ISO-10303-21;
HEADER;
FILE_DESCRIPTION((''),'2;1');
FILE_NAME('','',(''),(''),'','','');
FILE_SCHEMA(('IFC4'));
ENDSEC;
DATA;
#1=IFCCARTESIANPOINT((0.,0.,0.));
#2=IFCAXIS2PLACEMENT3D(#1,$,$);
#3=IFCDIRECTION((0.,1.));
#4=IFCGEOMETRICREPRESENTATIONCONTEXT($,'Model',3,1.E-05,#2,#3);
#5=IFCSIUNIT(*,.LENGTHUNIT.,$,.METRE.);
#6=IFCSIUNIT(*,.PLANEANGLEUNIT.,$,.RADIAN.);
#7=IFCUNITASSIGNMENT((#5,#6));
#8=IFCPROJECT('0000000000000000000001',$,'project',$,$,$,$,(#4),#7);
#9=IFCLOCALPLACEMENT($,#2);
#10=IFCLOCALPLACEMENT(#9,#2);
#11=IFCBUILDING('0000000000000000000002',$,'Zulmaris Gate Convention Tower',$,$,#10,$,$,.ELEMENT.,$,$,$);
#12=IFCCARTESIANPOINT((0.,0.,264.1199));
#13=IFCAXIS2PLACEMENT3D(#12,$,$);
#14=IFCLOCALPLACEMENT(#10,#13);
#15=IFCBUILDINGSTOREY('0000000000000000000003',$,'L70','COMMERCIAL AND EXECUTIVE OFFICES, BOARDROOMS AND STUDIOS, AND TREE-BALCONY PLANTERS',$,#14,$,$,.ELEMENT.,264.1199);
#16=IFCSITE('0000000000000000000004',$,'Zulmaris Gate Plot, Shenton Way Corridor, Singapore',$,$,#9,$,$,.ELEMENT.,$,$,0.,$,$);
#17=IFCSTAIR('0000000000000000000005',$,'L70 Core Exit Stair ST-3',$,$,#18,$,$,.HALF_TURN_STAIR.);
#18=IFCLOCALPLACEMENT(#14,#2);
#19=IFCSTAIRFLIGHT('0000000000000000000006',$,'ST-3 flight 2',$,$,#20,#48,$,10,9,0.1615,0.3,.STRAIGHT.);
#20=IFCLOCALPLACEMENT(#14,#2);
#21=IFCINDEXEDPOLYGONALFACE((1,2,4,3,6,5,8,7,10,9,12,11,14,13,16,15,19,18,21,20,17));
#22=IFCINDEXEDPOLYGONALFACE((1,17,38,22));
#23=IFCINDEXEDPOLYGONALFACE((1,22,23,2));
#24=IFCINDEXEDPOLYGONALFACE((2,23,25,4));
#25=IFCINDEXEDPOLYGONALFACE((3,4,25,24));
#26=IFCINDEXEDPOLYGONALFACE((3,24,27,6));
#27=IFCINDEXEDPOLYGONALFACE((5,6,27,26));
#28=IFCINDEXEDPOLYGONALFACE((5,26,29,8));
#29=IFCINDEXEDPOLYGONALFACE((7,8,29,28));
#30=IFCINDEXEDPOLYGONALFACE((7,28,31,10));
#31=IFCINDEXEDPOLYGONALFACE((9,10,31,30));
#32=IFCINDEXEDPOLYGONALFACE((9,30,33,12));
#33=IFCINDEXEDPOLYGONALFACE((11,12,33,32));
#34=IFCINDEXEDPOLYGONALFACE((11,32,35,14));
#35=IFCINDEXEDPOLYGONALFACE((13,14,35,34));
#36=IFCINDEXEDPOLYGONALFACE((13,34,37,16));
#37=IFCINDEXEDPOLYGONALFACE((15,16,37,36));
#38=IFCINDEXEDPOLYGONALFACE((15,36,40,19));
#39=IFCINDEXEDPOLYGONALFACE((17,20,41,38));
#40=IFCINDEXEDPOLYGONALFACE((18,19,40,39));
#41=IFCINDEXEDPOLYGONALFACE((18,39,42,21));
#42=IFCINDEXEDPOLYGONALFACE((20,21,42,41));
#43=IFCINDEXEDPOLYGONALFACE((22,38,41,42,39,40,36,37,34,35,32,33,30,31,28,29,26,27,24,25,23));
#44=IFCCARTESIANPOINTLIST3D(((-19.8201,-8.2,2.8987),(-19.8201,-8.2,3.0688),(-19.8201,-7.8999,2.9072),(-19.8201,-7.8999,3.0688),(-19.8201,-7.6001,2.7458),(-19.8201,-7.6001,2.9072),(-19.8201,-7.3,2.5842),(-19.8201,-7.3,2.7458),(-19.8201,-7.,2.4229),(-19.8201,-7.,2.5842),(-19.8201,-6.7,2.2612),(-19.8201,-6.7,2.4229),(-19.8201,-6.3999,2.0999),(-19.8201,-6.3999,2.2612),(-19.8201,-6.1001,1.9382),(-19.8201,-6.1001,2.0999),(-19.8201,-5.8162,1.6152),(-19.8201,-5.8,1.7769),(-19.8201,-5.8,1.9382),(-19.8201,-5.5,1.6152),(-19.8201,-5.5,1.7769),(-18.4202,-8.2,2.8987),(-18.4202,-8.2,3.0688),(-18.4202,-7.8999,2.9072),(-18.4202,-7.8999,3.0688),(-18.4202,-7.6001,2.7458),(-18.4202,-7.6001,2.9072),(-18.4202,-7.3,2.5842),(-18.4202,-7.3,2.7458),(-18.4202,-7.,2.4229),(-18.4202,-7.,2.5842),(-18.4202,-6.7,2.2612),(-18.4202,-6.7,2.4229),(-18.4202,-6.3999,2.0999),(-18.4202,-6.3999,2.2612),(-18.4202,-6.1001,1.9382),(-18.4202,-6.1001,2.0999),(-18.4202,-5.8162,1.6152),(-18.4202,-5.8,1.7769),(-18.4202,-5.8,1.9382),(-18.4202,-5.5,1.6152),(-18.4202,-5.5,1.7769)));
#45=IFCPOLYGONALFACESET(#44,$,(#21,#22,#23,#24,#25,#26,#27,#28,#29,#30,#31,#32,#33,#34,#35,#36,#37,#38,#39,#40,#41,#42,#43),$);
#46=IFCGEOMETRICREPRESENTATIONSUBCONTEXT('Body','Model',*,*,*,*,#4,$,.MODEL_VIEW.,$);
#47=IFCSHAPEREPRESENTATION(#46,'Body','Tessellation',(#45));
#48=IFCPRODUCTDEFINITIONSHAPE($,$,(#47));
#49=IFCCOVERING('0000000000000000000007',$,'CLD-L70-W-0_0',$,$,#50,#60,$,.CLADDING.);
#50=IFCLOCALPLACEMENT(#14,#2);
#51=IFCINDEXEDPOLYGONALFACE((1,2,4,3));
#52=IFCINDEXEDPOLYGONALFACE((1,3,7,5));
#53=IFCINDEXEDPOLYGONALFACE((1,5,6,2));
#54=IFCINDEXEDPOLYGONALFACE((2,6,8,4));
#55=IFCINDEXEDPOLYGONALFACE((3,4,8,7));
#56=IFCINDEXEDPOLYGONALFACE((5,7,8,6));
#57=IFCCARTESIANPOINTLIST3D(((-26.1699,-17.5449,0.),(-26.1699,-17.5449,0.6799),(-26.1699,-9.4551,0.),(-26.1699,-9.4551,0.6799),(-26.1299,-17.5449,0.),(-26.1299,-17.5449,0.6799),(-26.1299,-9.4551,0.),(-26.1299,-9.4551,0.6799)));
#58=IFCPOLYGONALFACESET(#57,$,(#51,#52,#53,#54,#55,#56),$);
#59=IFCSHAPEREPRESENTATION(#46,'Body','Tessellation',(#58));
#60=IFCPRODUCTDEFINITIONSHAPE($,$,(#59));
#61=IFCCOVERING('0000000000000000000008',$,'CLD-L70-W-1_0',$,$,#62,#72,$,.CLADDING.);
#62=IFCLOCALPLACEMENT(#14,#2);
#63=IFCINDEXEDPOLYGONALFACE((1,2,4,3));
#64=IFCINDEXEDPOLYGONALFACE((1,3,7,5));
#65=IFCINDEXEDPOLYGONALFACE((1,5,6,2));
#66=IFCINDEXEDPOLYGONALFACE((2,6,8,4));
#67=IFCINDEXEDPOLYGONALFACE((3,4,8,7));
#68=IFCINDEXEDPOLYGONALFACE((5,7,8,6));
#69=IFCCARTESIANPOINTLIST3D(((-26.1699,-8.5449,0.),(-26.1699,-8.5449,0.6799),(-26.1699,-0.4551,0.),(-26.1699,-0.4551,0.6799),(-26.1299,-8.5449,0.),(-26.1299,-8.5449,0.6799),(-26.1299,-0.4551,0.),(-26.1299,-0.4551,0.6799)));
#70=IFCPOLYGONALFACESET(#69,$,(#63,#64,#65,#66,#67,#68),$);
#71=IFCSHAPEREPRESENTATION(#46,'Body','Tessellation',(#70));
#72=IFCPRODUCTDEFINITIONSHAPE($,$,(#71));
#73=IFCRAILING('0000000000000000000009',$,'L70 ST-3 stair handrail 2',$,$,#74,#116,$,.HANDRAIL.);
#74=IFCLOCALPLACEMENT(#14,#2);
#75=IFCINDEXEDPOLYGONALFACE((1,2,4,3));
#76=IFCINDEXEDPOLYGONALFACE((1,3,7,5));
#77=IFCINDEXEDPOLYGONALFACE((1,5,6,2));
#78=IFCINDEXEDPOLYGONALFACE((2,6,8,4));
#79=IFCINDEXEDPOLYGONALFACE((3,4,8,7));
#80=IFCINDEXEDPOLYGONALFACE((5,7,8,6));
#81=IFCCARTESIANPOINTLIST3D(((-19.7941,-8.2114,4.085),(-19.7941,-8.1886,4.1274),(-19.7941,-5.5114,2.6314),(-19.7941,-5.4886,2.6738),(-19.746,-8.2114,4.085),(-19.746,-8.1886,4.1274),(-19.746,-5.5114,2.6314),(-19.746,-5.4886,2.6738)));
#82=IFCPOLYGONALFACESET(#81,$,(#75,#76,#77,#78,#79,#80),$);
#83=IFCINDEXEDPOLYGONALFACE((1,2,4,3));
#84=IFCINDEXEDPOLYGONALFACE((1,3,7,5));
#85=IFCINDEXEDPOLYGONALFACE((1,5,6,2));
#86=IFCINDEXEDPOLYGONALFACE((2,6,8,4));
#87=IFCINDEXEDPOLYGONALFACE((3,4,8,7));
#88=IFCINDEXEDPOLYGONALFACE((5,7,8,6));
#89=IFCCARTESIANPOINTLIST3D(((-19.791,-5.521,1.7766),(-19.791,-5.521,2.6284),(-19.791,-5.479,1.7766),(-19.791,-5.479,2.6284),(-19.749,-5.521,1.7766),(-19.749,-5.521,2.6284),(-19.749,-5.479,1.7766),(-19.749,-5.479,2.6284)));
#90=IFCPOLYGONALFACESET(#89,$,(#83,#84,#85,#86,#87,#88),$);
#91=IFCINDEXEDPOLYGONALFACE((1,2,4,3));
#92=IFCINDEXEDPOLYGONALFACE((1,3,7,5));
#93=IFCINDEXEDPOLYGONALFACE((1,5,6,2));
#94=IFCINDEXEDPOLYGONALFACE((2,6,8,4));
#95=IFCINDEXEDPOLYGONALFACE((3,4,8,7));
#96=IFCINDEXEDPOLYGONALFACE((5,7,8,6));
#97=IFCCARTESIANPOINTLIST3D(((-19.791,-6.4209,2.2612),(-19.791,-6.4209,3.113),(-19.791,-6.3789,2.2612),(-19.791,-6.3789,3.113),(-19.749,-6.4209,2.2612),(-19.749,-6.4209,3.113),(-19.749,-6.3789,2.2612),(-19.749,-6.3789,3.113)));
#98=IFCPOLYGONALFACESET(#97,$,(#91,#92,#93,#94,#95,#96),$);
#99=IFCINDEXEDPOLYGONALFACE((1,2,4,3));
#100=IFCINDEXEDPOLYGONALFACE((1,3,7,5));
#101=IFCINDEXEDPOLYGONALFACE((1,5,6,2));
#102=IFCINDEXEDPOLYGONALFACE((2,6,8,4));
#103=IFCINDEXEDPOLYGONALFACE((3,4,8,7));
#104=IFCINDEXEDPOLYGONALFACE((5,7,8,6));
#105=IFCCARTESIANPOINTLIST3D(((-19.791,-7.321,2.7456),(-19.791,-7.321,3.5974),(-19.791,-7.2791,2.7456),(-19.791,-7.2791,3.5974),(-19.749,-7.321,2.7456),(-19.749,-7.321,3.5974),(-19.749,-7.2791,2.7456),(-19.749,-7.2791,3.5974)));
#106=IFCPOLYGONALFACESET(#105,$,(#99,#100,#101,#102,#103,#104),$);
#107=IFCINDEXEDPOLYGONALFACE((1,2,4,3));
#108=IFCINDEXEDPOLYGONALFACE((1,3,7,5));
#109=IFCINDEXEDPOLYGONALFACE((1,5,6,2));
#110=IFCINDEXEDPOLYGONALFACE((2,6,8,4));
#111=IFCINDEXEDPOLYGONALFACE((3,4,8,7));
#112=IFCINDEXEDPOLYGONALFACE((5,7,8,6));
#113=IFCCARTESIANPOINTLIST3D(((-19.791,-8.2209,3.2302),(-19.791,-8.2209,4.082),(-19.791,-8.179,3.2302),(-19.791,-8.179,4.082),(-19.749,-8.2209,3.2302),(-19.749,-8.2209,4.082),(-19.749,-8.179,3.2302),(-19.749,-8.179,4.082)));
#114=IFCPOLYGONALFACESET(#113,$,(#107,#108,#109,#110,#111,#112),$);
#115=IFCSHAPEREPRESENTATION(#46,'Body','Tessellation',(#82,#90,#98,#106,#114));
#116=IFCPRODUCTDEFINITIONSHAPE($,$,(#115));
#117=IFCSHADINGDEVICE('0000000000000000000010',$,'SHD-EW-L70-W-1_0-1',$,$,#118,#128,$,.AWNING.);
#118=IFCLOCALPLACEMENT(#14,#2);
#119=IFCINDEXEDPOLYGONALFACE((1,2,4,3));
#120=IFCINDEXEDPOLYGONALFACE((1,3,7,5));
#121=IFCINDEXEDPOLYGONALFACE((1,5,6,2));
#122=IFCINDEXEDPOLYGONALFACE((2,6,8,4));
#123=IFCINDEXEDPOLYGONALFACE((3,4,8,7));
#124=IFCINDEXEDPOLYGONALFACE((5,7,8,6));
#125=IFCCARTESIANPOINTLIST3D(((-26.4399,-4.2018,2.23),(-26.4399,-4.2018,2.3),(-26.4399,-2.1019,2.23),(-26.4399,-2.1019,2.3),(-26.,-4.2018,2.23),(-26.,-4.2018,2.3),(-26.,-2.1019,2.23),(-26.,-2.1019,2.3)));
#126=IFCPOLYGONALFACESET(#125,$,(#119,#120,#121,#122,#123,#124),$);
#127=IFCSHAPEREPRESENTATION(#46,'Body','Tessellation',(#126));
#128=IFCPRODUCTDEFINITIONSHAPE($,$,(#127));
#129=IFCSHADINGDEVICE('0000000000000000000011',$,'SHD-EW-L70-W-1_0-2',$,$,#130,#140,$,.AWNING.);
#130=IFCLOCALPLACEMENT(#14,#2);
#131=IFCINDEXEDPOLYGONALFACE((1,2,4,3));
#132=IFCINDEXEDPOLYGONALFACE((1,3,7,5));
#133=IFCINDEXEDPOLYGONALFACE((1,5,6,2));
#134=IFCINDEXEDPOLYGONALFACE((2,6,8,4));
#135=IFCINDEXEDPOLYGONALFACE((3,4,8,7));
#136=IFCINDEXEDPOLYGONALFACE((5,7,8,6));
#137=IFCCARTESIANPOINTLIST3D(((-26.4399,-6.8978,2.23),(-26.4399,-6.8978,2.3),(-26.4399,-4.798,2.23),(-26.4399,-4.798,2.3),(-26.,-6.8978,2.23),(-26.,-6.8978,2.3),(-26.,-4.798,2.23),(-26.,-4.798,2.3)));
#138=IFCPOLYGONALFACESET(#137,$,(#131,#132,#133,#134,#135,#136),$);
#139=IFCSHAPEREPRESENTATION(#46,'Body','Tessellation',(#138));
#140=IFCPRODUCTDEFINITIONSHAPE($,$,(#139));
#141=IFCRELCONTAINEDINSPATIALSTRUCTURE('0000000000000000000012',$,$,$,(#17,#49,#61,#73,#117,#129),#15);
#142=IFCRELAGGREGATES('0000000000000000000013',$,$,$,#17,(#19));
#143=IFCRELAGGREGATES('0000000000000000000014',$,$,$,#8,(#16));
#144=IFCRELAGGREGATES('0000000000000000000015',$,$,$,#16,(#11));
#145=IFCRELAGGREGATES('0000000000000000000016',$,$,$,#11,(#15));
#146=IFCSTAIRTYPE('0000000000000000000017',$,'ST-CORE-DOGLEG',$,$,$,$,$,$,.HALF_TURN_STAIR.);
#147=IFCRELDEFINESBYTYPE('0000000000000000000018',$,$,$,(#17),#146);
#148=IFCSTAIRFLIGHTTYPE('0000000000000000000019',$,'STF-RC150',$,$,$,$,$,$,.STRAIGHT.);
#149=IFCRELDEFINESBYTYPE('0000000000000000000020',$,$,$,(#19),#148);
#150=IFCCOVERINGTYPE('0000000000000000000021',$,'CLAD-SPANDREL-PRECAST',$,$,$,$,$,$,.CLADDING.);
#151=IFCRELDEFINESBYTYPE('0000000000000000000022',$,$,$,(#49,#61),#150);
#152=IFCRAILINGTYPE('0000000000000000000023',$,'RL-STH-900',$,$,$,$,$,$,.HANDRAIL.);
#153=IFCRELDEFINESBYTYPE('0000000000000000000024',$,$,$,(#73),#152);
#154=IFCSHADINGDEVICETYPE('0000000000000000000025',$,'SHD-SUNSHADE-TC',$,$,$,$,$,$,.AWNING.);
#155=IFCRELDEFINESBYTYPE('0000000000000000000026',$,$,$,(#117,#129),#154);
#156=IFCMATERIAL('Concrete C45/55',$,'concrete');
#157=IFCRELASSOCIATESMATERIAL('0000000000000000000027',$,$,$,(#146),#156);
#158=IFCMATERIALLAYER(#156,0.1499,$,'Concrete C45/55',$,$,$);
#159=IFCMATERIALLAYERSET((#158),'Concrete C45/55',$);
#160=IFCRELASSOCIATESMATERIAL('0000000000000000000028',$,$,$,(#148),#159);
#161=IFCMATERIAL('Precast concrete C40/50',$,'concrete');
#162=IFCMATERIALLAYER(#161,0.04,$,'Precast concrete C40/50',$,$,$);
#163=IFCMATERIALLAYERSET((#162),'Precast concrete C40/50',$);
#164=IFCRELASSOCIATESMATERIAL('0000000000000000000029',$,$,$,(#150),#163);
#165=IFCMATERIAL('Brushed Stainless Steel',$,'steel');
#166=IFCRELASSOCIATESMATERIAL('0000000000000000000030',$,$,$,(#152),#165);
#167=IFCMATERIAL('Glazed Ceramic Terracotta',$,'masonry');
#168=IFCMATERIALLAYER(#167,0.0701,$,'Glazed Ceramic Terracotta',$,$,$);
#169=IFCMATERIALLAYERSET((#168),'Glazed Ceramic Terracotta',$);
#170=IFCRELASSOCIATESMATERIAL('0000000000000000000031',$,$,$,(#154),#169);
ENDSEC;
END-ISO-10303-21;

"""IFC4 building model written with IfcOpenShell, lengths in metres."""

from ifc_helpers import new_model, si_unit, direction, frame, frame_2d, origin, origin_2d, place, context, subcontext, project, spatial, polyline, rectangle, outline, extrude, material, layer, layer_set, type_object, element, aggregate, save


model = new_model("IFC4")

# Units and contexts
model_context = context("Model", 3, precision=1e-05, world=origin(), true_north=direction((0.0, 1.0)))
body_context = subcontext(model_context, "Body", "Model", "MODEL_VIEW")
ifc_project = project(units=[si_unit("LENGTHUNIT", "METRE"), si_unit("PLANEANGLEUNIT", "RADIAN")], contexts=[model_context])

# Site, building, storey
site_placement = place(None, origin())
site = spatial("IfcSite", under=ifc_project, at=site_placement, Name="Zulmaris Gate Plot, Shenton Way Corridor, Singapore", CompositionType="ELEMENT", RefElevation=0.0)
building_placement = place(site_placement, origin())
building = spatial("IfcBuilding", under=site, at=building_placement, Name="Zulmaris Gate Convention Tower", CompositionType="ELEMENT")
storey_placement = place(building_placement, frame((0.0, 0.0, 264.1199)))
storey = spatial("IfcBuildingStorey", under=building, at=storey_placement, Name="L70", Description="COMMERCIAL AND EXECUTIVE OFFICES, BOARDROOMS AND STUDIOS, AND TREE-BALCONY PLANTERS", CompositionType="ELEMENT", Elevation=264.1199)

# Shared definitions
ifc_material_1 = material(Name="Precast concrete C40/50", Category="concrete")

# Stair, stair flight
ifc_material_2 = material(Name="Concrete C45/55", Category="concrete")
stair_type = type_object("IfcStairType", Name="ST-CORE-DOGLEG", PredefinedType="HALF_TURN_STAIR", material=ifc_material_2)
stair_placement = place(storey_placement, origin())
stair = element("IfcStair", 1, at=stair_placement, inside=storey, type_object=stair_type, Name="L70 Core Exit Stair ST-3", PredefinedType="HALF_TURN_STAIR")
ifc_layer_1 = layer(ifc_material_2, 0.1499, Name="Concrete C45/55")
ifc_layer_set_1 = layer_set([ifc_layer_1], Name="Concrete C45/55")
stair_flight_type = type_object("IfcStairFlightType", Name="STF-RC150", PredefinedType="STRAIGHT", material=ifc_layer_set_1)
stair_flight_placement = place(storey_placement, frame((-19.1201, -5.5, 1.6152), z_axis=(0.0, 0.0, 1.0), x_axis=(0.0, -1.0, 0.0)))
stair_flight = element("IfcStairFlight", 2, at=stair_flight_placement, type_object=stair_flight_type, Name="ST-3 flight 2", NumberOfRisers=10, NumberOfTreads=9, PredefinedType="STRAIGHT", RiserHeight=0.1615, TreadLength=0.3, context=body_context, shape_type="SweptSolid", body=[
    extrude(outline(polyline([(0.0, 0.0), (0.0, 0.1616), (0.3, 0.1616), (0.3, 0.323), (0.6001, 0.323), (0.6001, 0.4846), (0.8999, 0.4846), (0.8999, 0.646), (1.2, 0.646), (1.2, 0.8076), (1.5, 0.8076), (1.5, 0.969), (1.8, 0.969), (1.8, 1.1306), (2.1001, 1.1306), (2.1001, 1.292), (2.3999, 1.292), (2.3999, 1.4536), (2.7, 1.4536), (2.7, 1.615), (2.7, 1.2834), (0.3162, 0.0), (0.0, 0.0)])), frame((0.0, 0.7, 0.0), z_axis=(0.0, -1.0, 0.0), x_axis=(1.0, 0.0, 0.0)), (0.0, 0.0, 1.0), 1.3999),
])
aggregate(stair, [stair_flight])

# Coverings
ifc_layer_2 = layer(ifc_material_1, 0.04, Name="Precast concrete C40/50")
ifc_layer_set_2 = layer_set([ifc_layer_2], Name="Precast concrete C40/50")
covering_type = type_object("IfcCoveringType", Name="CLAD-SPANDREL-PRECAST", PredefinedType="CLADDING", material=ifc_layer_set_2)
for number, where, z_axis, x_axis, name in (
    (3, (-26.1499, -9.4551, 0.0), (0.0, 0.0, 1.0), (0.0, -1.0, 0.0), "CLD-L70-W-0_0"),
    (4, (-26.1499, -0.4551, 0.0), (0.0, 0.0, 1.0), (0.0, -1.0, 0.0), "CLD-L70-W-1_0"),
):
    element("IfcCovering", number, at=place(storey_placement, frame(where, z_axis=z_axis, x_axis=x_axis)), inside=storey, type_object=covering_type, Name=name, PredefinedType="CLADDING", context=body_context, shape_type="SweptSolid", body=[
        extrude(rectangle(XDim=8.0898, YDim=0.04, at=frame_2d((4.0449, 0.0))), origin(), (0.0, 0.0, 1.0), 0.6799),
    ])

# Railing
ifc_material_3 = material(Name="Brushed Stainless Steel", Category="steel")
railing_type = type_object("IfcRailingType", Name="RL-STH-900", PredefinedType="HANDRAIL", material=ifc_material_3)
railing_placement = place(storey_placement, frame((-19.77, -5.5, 1.7766)))
element("IfcRailing", 5, at=railing_placement, inside=storey, type_object=railing_type, Name="L70 ST-3 stair handrail 2", PredefinedType="HANDRAIL", context=body_context, shape_type="SweptSolid", body=[
    extrude(rectangle(XDim=0.0481, YDim=0.0481, at=origin_2d()), frame((0.0, 0.0, 0.876), z_axis=(0.0, -0.880499, 0.474048), x_axis=(1.0, 0.0, 0.0)), (0.0, 0.0, 1.0), 3.0664),
    extrude(rectangle(XDim=0.042, YDim=0.042, at=origin_2d()), origin(), (0.0, 0.0, 1.0), 0.8518),
    extrude(rectangle(XDim=0.042, YDim=0.042, at=origin_2d()), frame((0.0, -0.8999, 0.4846)), (0.0, 0.0, 1.0), 0.8518),
    extrude(rectangle(XDim=0.042, YDim=0.042, at=origin_2d()), frame((0.0, -1.8, 0.969)), (0.0, 0.0, 1.0), 0.8518),
    extrude(rectangle(XDim=0.042, YDim=0.042, at=origin_2d()), frame((0.0, -2.7, 1.4536)), (0.0, 0.0, 1.0), 0.8518),
])

# Shading devices
ifc_material_4 = material(Name="Glazed Ceramic Terracotta", Category="masonry")
ifc_layer_3 = layer(ifc_material_4, 0.0701, Name="Glazed Ceramic Terracotta")
ifc_layer_set_3 = layer_set([ifc_layer_3], Name="Glazed Ceramic Terracotta")
shading_device_type = type_object("IfcShadingDeviceType", Name="SHD-SUNSHADE-TC", PredefinedType="AWNING", material=ifc_layer_set_3)
for number, where, z_axis, x_axis, name in (
    (6, (-26.22, -2.1021, 2.23), (0.0, 0.0, 1.0), (0.0, -1.0, 0.0), "SHD-EW-L70-W-1_0-1"),
    (7, (-26.22, -4.7981, 2.23), (0.0, 0.0, 1.0), (0.0, -1.0, 0.0), "SHD-EW-L70-W-1_0-2"),
):
    element("IfcShadingDevice", number, at=place(storey_placement, frame(where, z_axis=z_axis, x_axis=x_axis)), inside=storey, type_object=shading_device_type, Name=name, PredefinedType="AWNING", context=body_context, shape_type="SweptSolid", body=[
        extrude(rectangle(XDim=2.0999, YDim=0.4399, at=frame_2d((1.0498, 0.0))), origin(), (0.0, 0.0, 1.0), 0.0701),
    ])

save(model, "model.ifc")
